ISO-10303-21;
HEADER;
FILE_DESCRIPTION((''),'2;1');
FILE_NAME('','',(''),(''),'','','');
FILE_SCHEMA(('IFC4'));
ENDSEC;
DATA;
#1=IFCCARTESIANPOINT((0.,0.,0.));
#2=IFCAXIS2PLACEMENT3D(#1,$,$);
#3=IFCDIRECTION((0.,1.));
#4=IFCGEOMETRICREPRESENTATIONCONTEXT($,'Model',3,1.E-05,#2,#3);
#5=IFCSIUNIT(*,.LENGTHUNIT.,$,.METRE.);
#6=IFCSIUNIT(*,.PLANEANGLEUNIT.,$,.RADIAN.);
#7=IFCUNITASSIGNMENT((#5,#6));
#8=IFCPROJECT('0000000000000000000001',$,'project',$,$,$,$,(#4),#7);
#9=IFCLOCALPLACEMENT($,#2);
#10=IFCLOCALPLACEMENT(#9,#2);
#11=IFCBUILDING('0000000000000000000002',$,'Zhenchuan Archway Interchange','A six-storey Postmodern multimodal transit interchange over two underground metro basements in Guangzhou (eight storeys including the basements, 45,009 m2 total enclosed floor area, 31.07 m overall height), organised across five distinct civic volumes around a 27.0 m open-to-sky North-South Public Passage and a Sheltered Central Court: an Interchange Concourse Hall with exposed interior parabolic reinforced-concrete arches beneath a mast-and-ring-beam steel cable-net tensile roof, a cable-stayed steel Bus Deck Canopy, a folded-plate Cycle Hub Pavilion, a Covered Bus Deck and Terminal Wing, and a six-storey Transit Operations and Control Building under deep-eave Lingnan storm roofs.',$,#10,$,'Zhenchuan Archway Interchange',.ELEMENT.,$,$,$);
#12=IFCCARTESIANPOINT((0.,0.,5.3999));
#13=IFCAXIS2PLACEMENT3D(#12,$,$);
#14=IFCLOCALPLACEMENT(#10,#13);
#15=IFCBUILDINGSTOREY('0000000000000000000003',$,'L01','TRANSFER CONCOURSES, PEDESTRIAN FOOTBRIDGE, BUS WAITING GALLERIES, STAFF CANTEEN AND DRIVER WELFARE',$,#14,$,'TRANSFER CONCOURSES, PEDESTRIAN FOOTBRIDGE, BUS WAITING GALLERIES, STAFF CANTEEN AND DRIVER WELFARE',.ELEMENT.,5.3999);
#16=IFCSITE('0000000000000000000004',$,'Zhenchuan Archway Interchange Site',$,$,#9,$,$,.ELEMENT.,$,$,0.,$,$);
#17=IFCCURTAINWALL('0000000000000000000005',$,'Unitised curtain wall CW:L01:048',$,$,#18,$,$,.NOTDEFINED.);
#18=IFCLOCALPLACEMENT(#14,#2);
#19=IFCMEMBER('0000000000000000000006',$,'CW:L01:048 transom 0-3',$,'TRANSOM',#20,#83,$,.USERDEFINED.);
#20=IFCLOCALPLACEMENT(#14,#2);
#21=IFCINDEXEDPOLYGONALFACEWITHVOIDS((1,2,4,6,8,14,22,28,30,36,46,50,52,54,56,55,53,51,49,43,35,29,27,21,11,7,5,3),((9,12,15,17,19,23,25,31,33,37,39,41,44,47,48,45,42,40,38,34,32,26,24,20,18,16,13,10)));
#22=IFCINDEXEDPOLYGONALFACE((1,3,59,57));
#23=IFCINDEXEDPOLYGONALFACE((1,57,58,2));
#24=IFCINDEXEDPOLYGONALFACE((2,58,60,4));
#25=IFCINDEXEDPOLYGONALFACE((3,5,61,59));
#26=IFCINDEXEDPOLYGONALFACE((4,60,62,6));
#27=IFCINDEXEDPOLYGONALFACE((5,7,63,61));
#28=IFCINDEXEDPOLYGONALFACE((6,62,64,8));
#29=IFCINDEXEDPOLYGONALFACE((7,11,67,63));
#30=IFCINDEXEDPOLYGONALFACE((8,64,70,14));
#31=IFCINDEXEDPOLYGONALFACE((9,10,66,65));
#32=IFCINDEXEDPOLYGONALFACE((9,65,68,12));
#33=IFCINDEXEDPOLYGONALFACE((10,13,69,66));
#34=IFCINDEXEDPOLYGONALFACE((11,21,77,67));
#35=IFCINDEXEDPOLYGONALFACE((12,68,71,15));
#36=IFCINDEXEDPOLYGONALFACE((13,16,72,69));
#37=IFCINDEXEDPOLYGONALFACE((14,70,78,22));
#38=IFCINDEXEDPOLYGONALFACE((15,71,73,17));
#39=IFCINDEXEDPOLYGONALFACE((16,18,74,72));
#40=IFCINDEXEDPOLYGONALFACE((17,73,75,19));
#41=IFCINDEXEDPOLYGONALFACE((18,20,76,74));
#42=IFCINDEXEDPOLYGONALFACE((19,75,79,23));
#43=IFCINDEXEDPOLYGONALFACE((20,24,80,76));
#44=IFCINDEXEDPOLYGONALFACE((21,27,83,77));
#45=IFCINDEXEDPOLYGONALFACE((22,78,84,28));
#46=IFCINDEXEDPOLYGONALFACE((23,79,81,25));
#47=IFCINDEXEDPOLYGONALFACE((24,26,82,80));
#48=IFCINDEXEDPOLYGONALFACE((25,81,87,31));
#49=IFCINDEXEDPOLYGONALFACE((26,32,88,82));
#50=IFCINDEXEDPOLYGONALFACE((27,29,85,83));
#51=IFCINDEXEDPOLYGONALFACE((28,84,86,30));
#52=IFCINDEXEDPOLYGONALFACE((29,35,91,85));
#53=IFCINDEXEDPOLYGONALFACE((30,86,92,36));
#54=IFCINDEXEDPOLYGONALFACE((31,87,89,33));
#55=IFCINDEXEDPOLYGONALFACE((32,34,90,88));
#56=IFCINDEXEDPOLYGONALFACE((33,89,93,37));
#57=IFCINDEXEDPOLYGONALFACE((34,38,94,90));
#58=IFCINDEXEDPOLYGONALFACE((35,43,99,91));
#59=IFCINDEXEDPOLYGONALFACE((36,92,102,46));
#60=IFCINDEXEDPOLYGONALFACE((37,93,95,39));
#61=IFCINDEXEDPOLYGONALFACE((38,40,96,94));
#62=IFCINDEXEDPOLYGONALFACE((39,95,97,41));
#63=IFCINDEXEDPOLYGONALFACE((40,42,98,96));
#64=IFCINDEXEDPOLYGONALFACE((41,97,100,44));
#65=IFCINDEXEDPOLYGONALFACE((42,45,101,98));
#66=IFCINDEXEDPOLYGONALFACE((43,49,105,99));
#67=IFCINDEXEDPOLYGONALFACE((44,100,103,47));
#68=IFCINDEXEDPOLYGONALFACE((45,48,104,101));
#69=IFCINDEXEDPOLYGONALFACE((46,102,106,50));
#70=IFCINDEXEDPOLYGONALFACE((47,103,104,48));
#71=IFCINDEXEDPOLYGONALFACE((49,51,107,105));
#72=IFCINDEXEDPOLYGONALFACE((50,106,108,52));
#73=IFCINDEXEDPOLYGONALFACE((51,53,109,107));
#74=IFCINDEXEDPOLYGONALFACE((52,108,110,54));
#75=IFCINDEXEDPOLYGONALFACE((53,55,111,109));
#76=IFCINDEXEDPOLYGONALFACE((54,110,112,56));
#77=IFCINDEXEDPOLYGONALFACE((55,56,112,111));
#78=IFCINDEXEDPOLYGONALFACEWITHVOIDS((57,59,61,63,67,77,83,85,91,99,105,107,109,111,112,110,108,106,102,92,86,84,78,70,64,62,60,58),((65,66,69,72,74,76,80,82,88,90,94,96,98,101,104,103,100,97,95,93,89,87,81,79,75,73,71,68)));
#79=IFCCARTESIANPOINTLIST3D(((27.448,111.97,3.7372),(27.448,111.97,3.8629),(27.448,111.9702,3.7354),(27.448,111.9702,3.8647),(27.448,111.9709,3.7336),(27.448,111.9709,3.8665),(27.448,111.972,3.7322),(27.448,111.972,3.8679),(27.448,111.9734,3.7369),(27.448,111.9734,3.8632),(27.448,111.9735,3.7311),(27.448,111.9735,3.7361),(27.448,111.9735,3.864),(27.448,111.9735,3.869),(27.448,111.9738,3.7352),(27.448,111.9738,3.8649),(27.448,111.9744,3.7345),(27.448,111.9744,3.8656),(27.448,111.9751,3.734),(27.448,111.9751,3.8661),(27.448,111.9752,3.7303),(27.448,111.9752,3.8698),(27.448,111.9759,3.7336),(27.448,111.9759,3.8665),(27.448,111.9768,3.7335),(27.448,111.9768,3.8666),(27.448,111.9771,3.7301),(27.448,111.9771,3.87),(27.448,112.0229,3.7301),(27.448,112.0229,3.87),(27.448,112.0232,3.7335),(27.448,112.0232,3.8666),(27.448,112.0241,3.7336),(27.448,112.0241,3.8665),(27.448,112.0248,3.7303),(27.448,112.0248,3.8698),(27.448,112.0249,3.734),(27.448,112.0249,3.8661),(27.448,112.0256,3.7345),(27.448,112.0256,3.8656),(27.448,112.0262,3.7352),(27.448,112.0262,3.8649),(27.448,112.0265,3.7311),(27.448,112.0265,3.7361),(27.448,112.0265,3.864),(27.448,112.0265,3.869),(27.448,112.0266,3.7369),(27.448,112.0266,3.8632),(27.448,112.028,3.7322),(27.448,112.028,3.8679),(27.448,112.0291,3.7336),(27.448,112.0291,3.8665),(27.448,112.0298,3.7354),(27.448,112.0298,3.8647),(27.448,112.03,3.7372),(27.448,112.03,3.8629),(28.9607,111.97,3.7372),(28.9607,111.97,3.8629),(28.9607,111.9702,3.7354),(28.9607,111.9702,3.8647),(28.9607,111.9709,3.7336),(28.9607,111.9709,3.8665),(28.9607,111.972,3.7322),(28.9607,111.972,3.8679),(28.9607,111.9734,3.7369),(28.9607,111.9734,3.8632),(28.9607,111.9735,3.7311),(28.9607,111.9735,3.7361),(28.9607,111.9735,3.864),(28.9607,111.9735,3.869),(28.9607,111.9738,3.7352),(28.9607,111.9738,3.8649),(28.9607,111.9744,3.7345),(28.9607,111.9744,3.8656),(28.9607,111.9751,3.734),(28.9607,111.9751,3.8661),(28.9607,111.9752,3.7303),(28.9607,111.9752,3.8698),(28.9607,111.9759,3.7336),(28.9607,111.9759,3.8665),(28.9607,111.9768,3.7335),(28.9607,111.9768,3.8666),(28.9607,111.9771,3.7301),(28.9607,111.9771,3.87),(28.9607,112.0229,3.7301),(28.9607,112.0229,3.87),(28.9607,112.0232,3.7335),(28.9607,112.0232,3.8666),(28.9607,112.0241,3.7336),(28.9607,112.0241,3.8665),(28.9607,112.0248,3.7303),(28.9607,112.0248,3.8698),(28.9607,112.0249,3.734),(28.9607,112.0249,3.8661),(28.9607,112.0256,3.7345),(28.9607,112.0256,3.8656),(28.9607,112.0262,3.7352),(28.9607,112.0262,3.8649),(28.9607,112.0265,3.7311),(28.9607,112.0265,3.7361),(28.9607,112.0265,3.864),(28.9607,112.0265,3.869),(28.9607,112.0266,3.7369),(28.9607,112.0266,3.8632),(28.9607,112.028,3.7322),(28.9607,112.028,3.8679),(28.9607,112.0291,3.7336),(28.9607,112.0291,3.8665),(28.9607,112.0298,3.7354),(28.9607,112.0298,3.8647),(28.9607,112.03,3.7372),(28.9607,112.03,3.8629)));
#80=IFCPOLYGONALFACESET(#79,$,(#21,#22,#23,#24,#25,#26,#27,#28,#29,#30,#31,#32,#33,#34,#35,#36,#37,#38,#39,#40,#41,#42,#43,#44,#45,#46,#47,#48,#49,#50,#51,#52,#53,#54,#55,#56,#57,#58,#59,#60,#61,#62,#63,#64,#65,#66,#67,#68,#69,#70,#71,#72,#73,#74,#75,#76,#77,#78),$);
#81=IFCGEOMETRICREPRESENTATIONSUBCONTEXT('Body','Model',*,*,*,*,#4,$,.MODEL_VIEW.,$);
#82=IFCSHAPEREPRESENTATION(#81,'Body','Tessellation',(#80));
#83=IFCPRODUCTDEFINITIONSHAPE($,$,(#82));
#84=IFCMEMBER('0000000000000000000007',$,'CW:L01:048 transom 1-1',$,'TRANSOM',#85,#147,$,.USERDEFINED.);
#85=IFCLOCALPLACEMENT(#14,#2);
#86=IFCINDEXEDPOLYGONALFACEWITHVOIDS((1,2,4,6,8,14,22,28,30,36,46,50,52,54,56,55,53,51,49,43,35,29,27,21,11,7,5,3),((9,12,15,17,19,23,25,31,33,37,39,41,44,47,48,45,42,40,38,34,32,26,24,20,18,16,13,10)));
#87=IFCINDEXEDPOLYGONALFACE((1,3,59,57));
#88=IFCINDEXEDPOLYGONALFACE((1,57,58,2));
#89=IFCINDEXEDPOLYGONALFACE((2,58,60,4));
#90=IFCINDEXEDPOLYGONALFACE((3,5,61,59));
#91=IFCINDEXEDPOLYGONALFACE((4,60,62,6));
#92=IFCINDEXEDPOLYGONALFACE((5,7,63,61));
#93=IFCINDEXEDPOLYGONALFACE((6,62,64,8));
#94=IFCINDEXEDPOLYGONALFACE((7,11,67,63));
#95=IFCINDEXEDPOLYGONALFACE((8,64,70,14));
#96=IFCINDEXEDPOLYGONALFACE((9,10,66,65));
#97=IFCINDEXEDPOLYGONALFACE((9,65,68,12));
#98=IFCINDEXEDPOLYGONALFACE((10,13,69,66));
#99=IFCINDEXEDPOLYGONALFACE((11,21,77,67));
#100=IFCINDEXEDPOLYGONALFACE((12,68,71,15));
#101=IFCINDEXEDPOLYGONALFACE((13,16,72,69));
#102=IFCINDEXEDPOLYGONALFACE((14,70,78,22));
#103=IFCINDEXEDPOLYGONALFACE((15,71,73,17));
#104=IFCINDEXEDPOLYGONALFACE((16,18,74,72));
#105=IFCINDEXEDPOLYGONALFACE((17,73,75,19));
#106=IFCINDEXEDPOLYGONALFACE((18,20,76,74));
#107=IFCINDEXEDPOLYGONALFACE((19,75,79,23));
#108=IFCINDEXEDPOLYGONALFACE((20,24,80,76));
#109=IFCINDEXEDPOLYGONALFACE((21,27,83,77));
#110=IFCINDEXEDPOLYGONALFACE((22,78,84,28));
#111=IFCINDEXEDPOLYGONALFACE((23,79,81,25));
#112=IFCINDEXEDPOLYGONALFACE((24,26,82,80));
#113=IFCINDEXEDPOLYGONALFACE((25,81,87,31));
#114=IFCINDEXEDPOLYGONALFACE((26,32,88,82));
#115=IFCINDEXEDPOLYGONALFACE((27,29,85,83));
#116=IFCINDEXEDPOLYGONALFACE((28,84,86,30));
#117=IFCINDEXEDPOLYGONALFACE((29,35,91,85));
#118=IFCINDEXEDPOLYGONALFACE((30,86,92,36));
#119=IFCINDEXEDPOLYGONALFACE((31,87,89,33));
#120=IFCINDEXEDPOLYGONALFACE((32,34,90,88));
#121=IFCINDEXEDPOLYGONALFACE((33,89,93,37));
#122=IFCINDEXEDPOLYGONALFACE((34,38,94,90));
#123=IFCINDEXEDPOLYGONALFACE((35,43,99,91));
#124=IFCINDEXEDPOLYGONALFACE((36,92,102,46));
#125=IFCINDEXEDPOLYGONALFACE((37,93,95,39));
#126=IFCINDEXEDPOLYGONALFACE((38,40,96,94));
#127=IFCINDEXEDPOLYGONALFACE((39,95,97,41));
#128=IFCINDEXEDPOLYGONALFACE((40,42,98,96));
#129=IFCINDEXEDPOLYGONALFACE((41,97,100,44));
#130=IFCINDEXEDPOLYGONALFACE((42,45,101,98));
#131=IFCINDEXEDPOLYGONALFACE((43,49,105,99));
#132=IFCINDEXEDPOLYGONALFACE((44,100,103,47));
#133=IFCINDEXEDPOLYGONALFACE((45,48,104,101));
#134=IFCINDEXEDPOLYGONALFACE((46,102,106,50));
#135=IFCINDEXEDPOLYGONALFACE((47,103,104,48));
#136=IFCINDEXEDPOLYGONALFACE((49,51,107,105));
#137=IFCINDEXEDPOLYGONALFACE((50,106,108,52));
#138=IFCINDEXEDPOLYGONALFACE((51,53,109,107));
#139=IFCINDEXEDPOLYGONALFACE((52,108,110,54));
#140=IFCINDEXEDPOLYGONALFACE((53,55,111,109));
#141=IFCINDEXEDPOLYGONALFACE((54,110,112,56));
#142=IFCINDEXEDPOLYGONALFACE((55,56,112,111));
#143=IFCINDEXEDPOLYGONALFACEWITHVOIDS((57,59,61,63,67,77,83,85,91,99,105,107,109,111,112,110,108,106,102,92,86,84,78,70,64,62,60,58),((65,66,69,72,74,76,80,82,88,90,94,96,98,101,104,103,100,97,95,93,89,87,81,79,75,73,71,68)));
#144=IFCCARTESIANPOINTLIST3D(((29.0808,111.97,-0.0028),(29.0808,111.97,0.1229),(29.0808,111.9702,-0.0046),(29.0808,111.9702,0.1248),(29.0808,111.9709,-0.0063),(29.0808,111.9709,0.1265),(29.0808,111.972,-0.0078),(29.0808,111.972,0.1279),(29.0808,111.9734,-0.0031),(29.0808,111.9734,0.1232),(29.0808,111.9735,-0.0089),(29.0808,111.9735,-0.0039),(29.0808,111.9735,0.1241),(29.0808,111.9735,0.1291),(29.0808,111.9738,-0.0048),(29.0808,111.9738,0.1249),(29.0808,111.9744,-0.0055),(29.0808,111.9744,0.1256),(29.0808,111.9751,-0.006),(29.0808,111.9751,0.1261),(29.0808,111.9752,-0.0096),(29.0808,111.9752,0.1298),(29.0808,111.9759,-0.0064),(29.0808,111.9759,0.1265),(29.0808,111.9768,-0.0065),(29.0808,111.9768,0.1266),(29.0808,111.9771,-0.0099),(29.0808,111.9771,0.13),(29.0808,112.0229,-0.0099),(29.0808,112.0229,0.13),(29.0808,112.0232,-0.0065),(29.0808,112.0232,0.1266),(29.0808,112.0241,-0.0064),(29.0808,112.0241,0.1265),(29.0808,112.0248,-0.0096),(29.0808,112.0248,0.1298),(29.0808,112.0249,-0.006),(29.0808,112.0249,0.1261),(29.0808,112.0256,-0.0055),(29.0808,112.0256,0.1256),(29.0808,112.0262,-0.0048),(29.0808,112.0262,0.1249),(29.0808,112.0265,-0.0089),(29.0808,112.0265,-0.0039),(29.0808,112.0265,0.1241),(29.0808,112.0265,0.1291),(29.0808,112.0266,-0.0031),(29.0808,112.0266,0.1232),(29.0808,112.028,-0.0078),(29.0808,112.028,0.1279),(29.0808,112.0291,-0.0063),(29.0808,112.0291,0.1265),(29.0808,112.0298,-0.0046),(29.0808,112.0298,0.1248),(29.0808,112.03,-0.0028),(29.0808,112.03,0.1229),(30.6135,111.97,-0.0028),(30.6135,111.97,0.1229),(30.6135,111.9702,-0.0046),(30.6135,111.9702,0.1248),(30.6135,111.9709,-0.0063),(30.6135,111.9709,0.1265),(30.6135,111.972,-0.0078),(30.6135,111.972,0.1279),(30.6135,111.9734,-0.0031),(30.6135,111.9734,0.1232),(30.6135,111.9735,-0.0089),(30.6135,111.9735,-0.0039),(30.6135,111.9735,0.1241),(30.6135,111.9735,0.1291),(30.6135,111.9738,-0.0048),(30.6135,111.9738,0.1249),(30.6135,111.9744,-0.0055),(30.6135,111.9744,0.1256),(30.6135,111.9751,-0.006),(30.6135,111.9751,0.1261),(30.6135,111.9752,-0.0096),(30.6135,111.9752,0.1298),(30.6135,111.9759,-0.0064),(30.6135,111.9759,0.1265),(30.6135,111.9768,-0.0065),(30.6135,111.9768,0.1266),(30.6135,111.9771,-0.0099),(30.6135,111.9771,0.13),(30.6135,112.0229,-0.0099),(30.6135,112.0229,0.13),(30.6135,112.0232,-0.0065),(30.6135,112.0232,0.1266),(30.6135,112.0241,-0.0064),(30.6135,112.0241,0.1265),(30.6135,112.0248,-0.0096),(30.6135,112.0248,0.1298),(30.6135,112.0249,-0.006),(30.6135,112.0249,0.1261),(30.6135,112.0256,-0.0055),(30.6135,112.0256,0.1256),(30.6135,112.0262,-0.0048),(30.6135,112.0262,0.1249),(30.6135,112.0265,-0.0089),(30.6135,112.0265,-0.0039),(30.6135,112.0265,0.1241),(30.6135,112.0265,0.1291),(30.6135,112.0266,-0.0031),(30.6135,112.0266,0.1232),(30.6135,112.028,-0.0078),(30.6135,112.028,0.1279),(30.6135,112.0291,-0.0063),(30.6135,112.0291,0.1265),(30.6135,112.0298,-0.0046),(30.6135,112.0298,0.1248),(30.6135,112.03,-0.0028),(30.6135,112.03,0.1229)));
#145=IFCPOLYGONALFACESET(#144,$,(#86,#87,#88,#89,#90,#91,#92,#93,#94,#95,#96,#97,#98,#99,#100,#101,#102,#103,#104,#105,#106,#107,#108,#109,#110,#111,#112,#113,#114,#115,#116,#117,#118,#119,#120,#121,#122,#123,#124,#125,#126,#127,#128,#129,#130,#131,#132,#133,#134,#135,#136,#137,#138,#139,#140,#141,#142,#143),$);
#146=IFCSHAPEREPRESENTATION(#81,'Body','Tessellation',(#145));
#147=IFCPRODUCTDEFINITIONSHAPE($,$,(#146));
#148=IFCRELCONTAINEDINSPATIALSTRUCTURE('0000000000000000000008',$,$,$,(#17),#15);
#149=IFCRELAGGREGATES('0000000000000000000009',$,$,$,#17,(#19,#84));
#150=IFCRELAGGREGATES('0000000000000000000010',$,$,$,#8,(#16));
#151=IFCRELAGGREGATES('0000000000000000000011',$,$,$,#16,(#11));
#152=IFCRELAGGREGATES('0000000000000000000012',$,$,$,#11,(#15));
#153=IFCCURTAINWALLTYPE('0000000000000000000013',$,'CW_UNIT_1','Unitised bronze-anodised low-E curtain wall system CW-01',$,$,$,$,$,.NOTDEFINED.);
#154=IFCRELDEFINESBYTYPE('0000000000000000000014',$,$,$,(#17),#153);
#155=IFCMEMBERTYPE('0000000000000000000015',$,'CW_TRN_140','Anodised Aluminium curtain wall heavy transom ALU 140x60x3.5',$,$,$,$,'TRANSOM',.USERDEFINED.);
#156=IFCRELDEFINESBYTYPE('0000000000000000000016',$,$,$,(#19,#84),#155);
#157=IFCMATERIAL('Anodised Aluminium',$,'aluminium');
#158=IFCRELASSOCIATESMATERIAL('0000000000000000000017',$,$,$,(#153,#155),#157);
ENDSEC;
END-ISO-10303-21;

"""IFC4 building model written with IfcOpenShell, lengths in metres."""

from ifc_helpers import new_model, si_unit, direction, frame, origin, origin_2d, place, context, subcontext, project, spatial, hollow_rectangle, extrude, material, material_profile, profile_set, type_object, element, aggregate, save


model = new_model("IFC4")

# Units and contexts
model_context = context("Model", 3, precision=1e-05, world=origin(), true_north=direction((0.0, 1.0)))
body_context = subcontext(model_context, "Body", "Model", "MODEL_VIEW")
ifc_project = project(units=[si_unit("LENGTHUNIT", "METRE"), si_unit("PLANEANGLEUNIT", "RADIAN")], contexts=[model_context])

# Site, building, storey
site_placement = place(None, origin())
site = spatial("IfcSite", under=ifc_project, at=site_placement, Name="Zhenchuan Archway Interchange Site", CompositionType="ELEMENT", RefElevation=0.0)
building_placement = place(site_placement, origin())
building = spatial("IfcBuilding", under=site, at=building_placement, Name="Zhenchuan Archway Interchange", Description="A six-storey Postmodern multimodal transit interchange over two underground metro basements in Guangzhou (eight storeys including the basements, 45,009 m2 total enclosed floor area, 31.07 m overall height), organised across five distinct civic volumes around a 27.0 m open-to-sky North-South Public Passage and a Sheltered Central Court: an Interchange Concourse Hall with exposed interior parabolic reinforced-concrete arches beneath a mast-and-ring-beam steel cable-net tensile roof, a cable-stayed steel Bus Deck Canopy, a folded-plate Cycle Hub Pavilion, a Covered Bus Deck and Terminal Wing, and a six-storey Transit Operations and Control Building under deep-eave Lingnan storm roofs.", LongName="Zhenchuan Archway Interchange", CompositionType="ELEMENT")
storey_placement = place(building_placement, frame((0.0, 0.0, 5.3999)))
storey = spatial("IfcBuildingStorey", under=building, at=storey_placement, Name="L01", Description="TRANSFER CONCOURSES, PEDESTRIAN FOOTBRIDGE, BUS WAITING GALLERIES, STAFF CANTEEN AND DRIVER WELFARE", LongName="TRANSFER CONCOURSES, PEDESTRIAN FOOTBRIDGE, BUS WAITING GALLERIES, STAFF CANTEEN AND DRIVER WELFARE", CompositionType="ELEMENT", Elevation=5.3999)

# Curtain wall
ifc_material_1 = material(Name="Anodised Aluminium", Category="aluminium")
curtain_wall_type_1 = type_object("IfcCurtainWallType", Name="CW_UNIT_1", Description="Unitised bronze-anodised low-E curtain wall system CW-01", PredefinedType="NOTDEFINED", material=ifc_material_1)
curtain_wall_1_placement = place(storey_placement, origin())
curtain_wall_1 = element("IfcCurtainWall", 1, at=curtain_wall_1_placement, inside=storey, type_object=curtain_wall_type_1, Name="Unitised curtain wall CW:L01:048", PredefinedType="NOTDEFINED")

# Members
ifc_material_profile_1 = material_profile(ifc_material_1, hollow_rectangle(XDim=0.0601, YDim=0.1399, WallThickness=0.0034, InnerFilletRadius=0.0034, OuterFilletRadius=0.0071, at=origin_2d()), Name="ALU 140x60x3.5")
ifc_profile_set_1 = profile_set([ifc_material_profile_1], Name="Anodised Aluminium")
member_type_1 = type_object("IfcMemberType", Name="CW_TRN_140", Description="Anodised Aluminium curtain wall heavy transom ALU 140x60x3.5", ElementType="TRANSOM", PredefinedType="USERDEFINED", material=ifc_profile_set_1)
member_1_placement = place(storey_placement, frame((27.448, 112.0, 3.8), z_axis=(1.0, 0.0, 0.0), x_axis=(0.0, 1.0, 0.0)))
member_1 = element("IfcMember", 2, at=member_1_placement, type_object=member_type_1, Name="CW:L01:048 transom 0-3", ObjectType="TRANSOM", PredefinedType="USERDEFINED", context=body_context, shape_type="SweptSolid", body=[
    extrude(hollow_rectangle(XDim=0.0601, YDim=0.1399, WallThickness=0.0034, InnerFilletRadius=0.0034, OuterFilletRadius=0.0071, at=origin_2d()), origin(), (0.0, 0.0, 1.0), 1.5127),
])
member_2_placement = place(storey_placement, frame((29.0808, 112.0, 0.0601), z_axis=(1.0, 0.0, 0.0), x_axis=(0.0, 1.0, 0.0)))
member_2 = element("IfcMember", 3, at=member_2_placement, type_object=member_type_1, Name="CW:L01:048 transom 1-1", ObjectType="TRANSOM", PredefinedType="USERDEFINED", context=body_context, shape_type="SweptSolid", body=[
    extrude(hollow_rectangle(XDim=0.0601, YDim=0.1399, WallThickness=0.0034, InnerFilletRadius=0.0034, OuterFilletRadius=0.0071, at=origin_2d()), origin(), (0.0, 0.0, 1.0), 1.5327),
])

aggregate(curtain_wall_1, [member_1, member_2])

save(model, "model.ifc")
